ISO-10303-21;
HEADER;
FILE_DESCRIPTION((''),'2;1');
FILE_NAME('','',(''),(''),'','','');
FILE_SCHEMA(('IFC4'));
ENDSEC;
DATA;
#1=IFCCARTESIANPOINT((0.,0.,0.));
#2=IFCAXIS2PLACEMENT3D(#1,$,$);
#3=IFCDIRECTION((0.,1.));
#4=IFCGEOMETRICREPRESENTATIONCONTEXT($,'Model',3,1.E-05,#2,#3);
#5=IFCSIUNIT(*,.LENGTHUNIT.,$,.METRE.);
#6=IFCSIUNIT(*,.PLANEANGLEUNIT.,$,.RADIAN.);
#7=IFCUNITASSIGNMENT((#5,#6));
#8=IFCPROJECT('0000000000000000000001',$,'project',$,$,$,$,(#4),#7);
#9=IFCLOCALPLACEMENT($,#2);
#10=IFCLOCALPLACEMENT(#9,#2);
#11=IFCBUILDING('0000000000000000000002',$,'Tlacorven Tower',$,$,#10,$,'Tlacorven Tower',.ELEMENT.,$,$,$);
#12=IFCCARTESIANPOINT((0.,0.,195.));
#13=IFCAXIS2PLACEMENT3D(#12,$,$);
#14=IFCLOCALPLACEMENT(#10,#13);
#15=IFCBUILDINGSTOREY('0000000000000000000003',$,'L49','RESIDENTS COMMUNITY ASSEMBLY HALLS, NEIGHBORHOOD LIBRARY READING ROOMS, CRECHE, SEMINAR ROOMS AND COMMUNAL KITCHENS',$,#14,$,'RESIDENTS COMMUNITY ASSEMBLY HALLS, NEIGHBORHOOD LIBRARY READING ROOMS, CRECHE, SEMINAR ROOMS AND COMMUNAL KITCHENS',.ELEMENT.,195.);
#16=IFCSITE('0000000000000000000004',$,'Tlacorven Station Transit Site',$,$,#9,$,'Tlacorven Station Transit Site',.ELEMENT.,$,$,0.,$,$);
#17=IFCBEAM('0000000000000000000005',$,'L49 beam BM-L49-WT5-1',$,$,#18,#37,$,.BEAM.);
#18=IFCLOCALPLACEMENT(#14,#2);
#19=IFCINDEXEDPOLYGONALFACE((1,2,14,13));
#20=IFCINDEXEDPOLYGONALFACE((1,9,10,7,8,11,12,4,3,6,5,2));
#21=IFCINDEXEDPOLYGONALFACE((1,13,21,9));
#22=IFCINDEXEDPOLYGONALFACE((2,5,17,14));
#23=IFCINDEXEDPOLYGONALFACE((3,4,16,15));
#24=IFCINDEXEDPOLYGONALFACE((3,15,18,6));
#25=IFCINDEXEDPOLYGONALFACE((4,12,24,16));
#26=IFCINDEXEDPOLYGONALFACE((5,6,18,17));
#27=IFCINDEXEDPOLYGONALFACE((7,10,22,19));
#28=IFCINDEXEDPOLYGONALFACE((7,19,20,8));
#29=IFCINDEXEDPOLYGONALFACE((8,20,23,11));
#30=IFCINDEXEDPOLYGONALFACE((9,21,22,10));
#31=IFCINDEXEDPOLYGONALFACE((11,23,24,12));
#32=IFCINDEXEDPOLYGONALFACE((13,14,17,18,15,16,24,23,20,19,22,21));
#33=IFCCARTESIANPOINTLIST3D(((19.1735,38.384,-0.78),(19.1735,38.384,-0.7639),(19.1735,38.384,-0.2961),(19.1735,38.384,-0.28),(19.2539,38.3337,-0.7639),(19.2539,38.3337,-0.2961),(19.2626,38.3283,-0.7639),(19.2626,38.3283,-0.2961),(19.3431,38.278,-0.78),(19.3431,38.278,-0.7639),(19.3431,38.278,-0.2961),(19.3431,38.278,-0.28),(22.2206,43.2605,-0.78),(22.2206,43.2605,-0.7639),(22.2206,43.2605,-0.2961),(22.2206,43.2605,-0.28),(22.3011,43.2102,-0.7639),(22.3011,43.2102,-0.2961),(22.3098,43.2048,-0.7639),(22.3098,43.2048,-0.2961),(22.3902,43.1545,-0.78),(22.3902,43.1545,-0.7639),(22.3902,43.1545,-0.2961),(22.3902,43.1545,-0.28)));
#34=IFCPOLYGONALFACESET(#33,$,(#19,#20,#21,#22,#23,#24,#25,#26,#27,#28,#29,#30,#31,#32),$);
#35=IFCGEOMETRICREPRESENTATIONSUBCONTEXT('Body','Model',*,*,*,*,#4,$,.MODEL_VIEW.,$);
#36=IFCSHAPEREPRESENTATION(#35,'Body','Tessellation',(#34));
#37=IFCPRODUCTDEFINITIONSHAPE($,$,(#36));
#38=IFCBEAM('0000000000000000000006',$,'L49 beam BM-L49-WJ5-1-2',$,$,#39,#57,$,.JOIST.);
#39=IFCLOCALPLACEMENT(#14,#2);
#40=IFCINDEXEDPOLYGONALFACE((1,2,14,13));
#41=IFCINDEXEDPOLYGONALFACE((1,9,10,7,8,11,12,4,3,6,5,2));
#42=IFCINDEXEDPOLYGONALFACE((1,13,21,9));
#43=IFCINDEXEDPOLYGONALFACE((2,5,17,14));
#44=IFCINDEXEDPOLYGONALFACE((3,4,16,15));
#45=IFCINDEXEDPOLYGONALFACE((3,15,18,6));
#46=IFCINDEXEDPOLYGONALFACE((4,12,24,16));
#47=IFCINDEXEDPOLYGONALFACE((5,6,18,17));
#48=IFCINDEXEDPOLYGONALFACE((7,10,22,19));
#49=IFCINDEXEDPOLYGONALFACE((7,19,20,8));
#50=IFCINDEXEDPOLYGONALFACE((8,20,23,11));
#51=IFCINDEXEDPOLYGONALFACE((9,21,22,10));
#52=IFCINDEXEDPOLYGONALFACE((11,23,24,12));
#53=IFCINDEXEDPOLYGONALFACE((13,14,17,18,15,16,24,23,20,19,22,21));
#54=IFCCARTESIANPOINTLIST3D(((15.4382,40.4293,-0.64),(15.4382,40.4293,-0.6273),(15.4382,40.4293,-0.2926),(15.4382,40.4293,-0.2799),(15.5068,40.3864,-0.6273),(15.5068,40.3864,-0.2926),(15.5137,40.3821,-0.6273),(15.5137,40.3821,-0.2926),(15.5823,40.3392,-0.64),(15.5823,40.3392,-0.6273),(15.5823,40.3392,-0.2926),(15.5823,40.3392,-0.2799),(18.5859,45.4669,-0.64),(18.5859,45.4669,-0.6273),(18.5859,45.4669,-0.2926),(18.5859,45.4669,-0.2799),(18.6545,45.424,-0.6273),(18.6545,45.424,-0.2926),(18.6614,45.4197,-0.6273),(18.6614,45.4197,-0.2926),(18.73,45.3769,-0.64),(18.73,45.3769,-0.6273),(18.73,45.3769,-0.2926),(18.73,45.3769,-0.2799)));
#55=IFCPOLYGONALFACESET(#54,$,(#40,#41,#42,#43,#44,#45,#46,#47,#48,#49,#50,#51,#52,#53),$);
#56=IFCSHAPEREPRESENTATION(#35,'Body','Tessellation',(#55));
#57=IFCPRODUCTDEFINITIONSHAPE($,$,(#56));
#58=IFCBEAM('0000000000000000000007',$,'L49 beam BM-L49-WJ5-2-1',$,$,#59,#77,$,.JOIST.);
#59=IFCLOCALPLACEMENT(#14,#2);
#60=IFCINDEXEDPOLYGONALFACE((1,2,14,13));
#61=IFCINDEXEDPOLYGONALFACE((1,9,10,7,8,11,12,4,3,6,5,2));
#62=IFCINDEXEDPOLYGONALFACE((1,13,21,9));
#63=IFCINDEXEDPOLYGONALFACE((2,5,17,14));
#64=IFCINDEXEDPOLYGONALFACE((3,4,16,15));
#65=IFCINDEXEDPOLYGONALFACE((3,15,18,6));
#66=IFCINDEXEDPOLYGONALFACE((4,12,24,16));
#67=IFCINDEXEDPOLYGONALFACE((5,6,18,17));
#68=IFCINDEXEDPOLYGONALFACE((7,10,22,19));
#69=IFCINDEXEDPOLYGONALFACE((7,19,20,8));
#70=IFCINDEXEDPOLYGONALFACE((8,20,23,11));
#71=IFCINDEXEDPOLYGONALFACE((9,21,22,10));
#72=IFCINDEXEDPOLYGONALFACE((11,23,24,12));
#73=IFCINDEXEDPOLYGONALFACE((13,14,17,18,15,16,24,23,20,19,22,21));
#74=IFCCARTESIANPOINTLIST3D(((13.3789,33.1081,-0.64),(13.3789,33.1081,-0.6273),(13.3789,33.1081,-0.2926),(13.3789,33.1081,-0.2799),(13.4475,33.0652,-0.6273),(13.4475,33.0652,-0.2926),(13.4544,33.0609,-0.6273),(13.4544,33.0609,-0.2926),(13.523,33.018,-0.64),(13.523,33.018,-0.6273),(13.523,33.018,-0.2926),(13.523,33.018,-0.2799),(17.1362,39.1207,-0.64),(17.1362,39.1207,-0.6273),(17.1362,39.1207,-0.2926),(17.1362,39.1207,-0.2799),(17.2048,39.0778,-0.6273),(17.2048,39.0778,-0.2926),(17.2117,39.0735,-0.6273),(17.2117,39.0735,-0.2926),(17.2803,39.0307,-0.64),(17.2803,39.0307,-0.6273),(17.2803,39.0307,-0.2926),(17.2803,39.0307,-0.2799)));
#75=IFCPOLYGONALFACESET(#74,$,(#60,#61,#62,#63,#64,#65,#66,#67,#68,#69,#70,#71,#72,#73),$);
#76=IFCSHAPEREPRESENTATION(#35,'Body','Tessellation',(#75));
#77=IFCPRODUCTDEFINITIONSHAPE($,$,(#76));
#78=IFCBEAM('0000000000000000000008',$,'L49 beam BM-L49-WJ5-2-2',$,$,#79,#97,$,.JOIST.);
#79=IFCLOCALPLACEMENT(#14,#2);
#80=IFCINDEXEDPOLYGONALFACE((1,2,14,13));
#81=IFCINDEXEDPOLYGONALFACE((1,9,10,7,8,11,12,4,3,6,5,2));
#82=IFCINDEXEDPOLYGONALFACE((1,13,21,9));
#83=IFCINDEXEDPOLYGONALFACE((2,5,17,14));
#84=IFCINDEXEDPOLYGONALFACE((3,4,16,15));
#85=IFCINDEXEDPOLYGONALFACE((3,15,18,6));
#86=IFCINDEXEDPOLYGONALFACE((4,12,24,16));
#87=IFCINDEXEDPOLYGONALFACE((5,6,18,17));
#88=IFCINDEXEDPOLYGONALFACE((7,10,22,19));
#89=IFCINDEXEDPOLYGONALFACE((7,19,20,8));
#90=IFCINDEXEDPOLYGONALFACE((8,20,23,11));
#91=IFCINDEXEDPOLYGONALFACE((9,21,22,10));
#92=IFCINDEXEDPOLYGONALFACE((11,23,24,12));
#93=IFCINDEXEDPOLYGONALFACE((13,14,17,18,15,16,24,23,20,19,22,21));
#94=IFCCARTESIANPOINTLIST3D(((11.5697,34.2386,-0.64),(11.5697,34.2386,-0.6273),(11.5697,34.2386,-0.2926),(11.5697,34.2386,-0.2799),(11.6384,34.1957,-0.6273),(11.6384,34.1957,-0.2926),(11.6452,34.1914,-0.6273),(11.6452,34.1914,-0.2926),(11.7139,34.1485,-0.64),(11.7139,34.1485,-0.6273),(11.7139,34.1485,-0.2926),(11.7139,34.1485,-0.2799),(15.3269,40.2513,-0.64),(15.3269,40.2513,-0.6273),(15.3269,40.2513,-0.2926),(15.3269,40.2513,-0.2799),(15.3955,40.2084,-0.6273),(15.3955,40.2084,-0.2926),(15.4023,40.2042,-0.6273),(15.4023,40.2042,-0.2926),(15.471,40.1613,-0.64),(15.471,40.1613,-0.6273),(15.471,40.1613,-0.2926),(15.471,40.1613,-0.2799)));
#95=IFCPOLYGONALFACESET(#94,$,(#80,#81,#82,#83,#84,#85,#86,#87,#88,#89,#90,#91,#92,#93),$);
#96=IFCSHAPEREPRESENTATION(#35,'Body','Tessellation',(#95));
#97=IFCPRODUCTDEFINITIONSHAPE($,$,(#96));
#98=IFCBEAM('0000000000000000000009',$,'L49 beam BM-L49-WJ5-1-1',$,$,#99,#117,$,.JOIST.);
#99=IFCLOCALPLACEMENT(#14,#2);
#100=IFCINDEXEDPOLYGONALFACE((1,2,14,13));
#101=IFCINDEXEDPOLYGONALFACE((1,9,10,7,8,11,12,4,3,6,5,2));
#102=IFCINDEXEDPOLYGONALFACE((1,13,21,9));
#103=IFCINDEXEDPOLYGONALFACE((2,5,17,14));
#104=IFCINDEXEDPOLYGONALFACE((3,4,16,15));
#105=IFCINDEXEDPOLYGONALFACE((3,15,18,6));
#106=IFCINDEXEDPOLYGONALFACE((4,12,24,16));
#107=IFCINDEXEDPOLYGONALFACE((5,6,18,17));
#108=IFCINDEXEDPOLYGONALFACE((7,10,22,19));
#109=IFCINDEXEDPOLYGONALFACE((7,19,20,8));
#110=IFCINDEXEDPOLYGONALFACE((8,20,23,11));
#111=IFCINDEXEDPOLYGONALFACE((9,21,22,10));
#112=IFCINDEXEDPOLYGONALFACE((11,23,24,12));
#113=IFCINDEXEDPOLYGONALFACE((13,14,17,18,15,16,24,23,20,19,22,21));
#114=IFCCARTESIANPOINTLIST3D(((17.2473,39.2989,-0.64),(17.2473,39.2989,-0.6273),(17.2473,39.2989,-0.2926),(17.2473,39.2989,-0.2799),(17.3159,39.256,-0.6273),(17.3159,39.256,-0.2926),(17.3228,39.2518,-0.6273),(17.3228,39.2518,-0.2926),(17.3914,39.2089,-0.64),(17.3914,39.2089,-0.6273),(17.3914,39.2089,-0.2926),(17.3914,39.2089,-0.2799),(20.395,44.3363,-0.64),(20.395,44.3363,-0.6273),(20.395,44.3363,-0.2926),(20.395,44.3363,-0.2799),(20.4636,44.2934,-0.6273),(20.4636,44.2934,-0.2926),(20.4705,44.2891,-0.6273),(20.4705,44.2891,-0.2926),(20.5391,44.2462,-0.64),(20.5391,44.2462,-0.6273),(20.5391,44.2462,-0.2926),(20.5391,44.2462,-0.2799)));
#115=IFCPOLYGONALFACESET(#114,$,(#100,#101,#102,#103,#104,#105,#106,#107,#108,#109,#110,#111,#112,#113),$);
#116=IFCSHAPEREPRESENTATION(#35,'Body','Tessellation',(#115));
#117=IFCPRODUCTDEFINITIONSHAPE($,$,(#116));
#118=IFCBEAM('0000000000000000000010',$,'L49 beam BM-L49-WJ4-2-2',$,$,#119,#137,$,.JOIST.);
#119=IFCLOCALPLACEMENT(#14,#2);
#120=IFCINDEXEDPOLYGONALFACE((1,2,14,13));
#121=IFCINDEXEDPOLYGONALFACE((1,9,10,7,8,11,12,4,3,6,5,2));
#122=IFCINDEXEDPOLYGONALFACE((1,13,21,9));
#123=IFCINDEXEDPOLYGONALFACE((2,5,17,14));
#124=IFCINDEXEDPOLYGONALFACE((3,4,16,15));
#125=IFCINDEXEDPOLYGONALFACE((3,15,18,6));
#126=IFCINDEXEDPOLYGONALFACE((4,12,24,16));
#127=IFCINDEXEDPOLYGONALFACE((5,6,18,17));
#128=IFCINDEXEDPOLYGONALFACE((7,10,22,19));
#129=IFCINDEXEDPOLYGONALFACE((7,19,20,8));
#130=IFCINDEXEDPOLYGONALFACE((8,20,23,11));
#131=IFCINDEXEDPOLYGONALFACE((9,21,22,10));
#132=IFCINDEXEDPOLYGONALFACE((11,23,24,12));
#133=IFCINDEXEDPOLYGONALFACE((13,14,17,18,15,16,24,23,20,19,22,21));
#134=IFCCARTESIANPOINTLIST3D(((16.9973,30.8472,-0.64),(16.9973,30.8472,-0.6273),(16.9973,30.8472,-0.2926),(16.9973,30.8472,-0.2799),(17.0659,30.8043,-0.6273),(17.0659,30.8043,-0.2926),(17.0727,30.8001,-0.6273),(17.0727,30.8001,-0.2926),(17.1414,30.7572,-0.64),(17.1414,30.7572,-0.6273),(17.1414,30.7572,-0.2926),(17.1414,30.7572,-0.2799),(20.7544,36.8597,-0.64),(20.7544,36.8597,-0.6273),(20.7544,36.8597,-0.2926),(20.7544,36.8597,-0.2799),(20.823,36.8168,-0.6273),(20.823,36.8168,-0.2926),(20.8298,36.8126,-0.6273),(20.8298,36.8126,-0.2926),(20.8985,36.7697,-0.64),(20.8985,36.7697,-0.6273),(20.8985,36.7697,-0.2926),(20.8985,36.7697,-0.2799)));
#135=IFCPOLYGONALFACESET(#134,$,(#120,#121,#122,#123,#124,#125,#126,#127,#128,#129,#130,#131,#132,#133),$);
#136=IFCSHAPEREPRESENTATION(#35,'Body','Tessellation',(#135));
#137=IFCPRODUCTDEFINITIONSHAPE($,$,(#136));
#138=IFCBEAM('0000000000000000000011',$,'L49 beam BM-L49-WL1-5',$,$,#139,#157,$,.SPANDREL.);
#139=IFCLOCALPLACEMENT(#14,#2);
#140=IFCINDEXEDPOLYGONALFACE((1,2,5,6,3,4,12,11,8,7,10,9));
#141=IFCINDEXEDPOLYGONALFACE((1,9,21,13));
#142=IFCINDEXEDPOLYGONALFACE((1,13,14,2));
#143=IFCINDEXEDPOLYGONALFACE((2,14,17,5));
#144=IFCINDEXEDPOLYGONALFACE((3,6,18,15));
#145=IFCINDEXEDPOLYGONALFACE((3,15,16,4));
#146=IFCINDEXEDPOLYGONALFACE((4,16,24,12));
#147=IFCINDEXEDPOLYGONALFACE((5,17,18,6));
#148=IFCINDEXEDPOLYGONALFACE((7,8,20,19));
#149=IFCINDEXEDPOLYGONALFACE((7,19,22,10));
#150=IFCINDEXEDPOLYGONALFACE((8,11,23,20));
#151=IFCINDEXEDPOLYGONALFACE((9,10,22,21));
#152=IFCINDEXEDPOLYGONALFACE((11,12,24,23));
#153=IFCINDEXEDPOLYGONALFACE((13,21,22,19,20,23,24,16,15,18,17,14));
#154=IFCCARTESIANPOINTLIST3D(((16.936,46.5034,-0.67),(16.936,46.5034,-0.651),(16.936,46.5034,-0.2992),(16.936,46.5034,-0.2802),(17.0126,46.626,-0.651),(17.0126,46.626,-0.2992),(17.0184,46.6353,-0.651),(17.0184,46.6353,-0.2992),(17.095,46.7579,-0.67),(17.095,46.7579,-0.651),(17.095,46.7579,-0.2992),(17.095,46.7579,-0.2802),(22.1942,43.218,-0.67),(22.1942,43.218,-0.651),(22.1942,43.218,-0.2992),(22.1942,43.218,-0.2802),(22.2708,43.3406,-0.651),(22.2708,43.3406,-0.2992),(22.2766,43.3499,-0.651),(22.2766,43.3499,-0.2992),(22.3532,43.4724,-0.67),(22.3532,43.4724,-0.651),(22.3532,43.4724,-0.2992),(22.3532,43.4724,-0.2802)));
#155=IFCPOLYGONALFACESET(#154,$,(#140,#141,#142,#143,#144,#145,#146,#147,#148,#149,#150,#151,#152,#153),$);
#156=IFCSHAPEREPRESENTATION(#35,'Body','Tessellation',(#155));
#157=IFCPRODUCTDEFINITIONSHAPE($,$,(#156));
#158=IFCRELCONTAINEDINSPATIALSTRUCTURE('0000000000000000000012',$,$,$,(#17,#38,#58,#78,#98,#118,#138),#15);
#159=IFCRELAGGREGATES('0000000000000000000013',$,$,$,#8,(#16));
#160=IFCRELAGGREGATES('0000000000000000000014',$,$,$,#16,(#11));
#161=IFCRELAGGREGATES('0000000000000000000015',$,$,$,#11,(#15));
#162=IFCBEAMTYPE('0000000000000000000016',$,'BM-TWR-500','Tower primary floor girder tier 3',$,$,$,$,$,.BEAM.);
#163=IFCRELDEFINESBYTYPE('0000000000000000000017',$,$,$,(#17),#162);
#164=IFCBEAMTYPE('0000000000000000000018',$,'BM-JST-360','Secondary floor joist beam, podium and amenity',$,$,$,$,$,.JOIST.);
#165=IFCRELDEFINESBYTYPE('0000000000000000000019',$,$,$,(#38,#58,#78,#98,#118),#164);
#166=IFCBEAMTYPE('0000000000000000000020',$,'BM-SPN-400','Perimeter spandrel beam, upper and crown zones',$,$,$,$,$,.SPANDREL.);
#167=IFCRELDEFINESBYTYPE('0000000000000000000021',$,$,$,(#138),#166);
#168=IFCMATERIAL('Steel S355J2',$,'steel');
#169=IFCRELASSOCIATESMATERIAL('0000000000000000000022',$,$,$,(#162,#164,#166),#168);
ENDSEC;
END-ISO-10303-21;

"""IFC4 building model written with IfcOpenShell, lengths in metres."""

from ifc_helpers import new_model, si_unit, direction, frame, origin, origin_2d, place, context, subcontext, project, spatial, i_section, extrude, source, transform, mapped, material, material_profile, profile_set, type_object, element, save


model = new_model("IFC4")

# Units and contexts
model_context = context("Model", 3, precision=1e-05, world=origin(), true_north=direction((0.0, 1.0)))
body_context = subcontext(model_context, "Body", "Model", "MODEL_VIEW")
ifc_project = project(units=[si_unit("LENGTHUNIT", "METRE"), si_unit("PLANEANGLEUNIT", "RADIAN")], contexts=[model_context])

# Site, building, storey
site_placement = place(None, origin())
site = spatial("IfcSite", under=ifc_project, at=site_placement, Name="Tlacorven Station Transit Site", LongName="Tlacorven Station Transit Site", CompositionType="ELEMENT", RefElevation=0.0)
building_placement = place(site_placement, origin())
building = spatial("IfcBuilding", under=site, at=building_placement, Name="Tlacorven Tower", LongName="Tlacorven Tower", CompositionType="ELEMENT")
storey_placement = place(building_placement, frame((0.0, 0.0, 195.0)))
storey = spatial("IfcBuildingStorey", under=building, at=storey_placement, Name="L49", Description="RESIDENTS COMMUNITY ASSEMBLY HALLS, NEIGHBORHOOD LIBRARY READING ROOMS, CRECHE, SEMINAR ROOMS AND COMMUNAL KITCHENS", LongName="RESIDENTS COMMUNITY ASSEMBLY HALLS, NEIGHBORHOOD LIBRARY READING ROOMS, CRECHE, SEMINAR ROOMS AND COMMUNAL KITCHENS", CompositionType="ELEMENT", Elevation=195.0)

# Beams
ifc_material_1 = material(Name="Steel S355J2", Category="steel")
ifc_material_profile_1 = material_profile(ifc_material_1, i_section(OverallWidth=0.2, OverallDepth=0.5, WebThickness=0.0103, FlangeThickness=0.0161, at=origin_2d()), Name="IPE 500")
ifc_profile_set_1 = profile_set([ifc_material_profile_1], Name="Steel S355J2")
beam_type_1 = type_object("IfcBeamType", Name="BM-TWR-500", Description="Tower primary floor girder tier 3", PredefinedType="BEAM", material=ifc_profile_set_1)
shared_shape_1 = source(origin(), body_context, "Body", "SweptSolid", [
    extrude(i_section(OverallWidth=0.2, OverallDepth=0.5, WebThickness=0.0103, FlangeThickness=0.0161, at=origin_2d()), origin(), (0.0, 0.0, 1.0), 5.7502),
])
beam_1_placement = place(storey_placement, frame((22.3054, 43.2075, -0.53), z_axis=(-0.529915, -0.848051, 0.0), x_axis=(0.848051, -0.529915, 0.0)))
element("IfcBeam", 1, at=beam_1_placement, inside=storey, type_object=beam_type_1, Name="L49 beam BM-L49-WT5-1", PredefinedType="BEAM", context=body_context, shape_type="MappedRepresentation", body=[
    mapped(shared_shape_1, transform((0.0, 0.0, 0.0), scale=1.0)),
])
ifc_material_profile_2 = material_profile(ifc_material_1, i_section(OverallWidth=0.1699, OverallDepth=0.3601, WebThickness=0.0081, FlangeThickness=0.0127, at=origin_2d()), Name="IPE 360")
ifc_profile_set_2 = profile_set([ifc_material_profile_2], Name="Steel S355J2")
beam_type_2 = type_object("IfcBeamType", Name="BM-JST-360", Description="Secondary floor joist beam, podium and amenity", PredefinedType="JOIST", material=ifc_profile_set_2)
shared_shape_2 = source(origin(), body_context, "Body", "SweptSolid", [
    extrude(i_section(OverallWidth=0.1699, OverallDepth=0.3601, WebThickness=0.0081, FlangeThickness=0.0127, at=origin_2d()), origin(), (0.0, 0.0, 1.0), 5.9402),
])
beam_2_placement = place(storey_placement, frame((18.658, 45.4219, -0.46), z_axis=(-0.529903, -0.848058, 0.0), x_axis=(0.848058, -0.529903, 0.0)))
element("IfcBeam", 2, at=beam_2_placement, inside=storey, type_object=beam_type_2, Name="L49 beam BM-L49-WJ5-1-2", PredefinedType="JOIST", context=body_context, shape_type="MappedRepresentation", body=[
    mapped(shared_shape_2, transform((0.0, 0.0, 0.0), scale=1.0)),
])
shared_shape_3 = source(origin(), body_context, "Body", "SweptSolid", [
    extrude(i_section(OverallWidth=0.1699, OverallDepth=0.3601, WebThickness=0.0081, FlangeThickness=0.0127, at=origin_2d()), origin(), (0.0, 0.0, 1.0), 7.0901),
])
for number, where, z_axis, x_axis, name in (
    (3, (17.2083, 39.0757, -0.46), (-0.529937, -0.848037, 0.0), (0.848037, -0.529937, 0.0), "L49 beam BM-L49-WJ5-2-1"),
    (4, (15.3989, 40.2063, -0.46), (-0.529912, -0.848052, 0.0), (0.848052, -0.529912, 0.0), "L49 beam BM-L49-WJ5-2-2"),
):
    element("IfcBeam", number, at=place(storey_placement, frame(where, z_axis=z_axis, x_axis=x_axis)), inside=storey, type_object=beam_type_2, Name=name, PredefinedType="JOIST", context=body_context, shape_type="MappedRepresentation", body=[
        mapped(shared_shape_3, transform((0.0, 0.0, 0.0), scale=1.0)),
    ])
shared_shape_4 = source(origin(), body_context, "Body", "SweptSolid", [
    extrude(i_section(OverallWidth=0.1699, OverallDepth=0.3601, WebThickness=0.0081, FlangeThickness=0.0127, at=origin_2d()), origin(), (0.0, 0.0, 1.0), 5.9399),
])
beam_3_placement = place(storey_placement, frame((20.467, 44.2913, -0.46), z_axis=(-0.529921, -0.848047, 0.0), x_axis=(0.848047, -0.529921, 0.0)))
element("IfcBeam", 5, at=beam_3_placement, inside=storey, type_object=beam_type_2, Name="L49 beam BM-L49-WJ5-1-1", PredefinedType="JOIST", context=body_context, shape_type="MappedRepresentation", body=[
    mapped(shared_shape_4, transform((0.0, 0.0, 0.0), scale=1.0)),
])
shared_shape_5 = source(origin(), body_context, "Body", "SweptSolid", [
    extrude(i_section(OverallWidth=0.1699, OverallDepth=0.3601, WebThickness=0.0081, FlangeThickness=0.0127, at=origin_2d()), origin(), (0.0, 0.0, 1.0), 7.0898),
])
beam_4_placement = place(storey_placement, frame((20.8264, 36.8147, -0.46), z_axis=(-0.529928, -0.848043, 0.0), x_axis=(0.848043, -0.529928, 0.0)))
element("IfcBeam", 6, at=beam_4_placement, inside=storey, type_object=beam_type_2, Name="L49 beam BM-L49-WJ4-2-2", PredefinedType="JOIST", context=body_context, shape_type="MappedRepresentation", body=[
    mapped(shared_shape_5, transform((0.0, 0.0, 0.0), scale=1.0)),
])
ifc_material_profile_3 = material_profile(ifc_material_1, i_section(OverallWidth=0.3, OverallDepth=0.3899, WebThickness=0.011, FlangeThickness=0.019, at=origin_2d()), Name="HEA 400")
ifc_profile_set_3 = profile_set([ifc_material_profile_3], Name="Steel S355J2")
beam_type_3 = type_object("IfcBeamType", Name="BM-SPN-400", Description="Perimeter spandrel beam, upper and crown zones", PredefinedType="SPANDREL", material=ifc_profile_set_3)
shared_shape_6 = source(origin(), body_context, "Body", "SweptSolid", [
    extrude(i_section(OverallWidth=0.3, OverallDepth=0.3899, WebThickness=0.011, FlangeThickness=0.019, at=origin_2d()), origin(), (0.0, 0.0, 1.0), 6.2002),
])
beam_5_placement = place(storey_placement, frame((22.2737, 43.3452, -0.4751), z_axis=(-0.848062, 0.529896, 0.0), x_axis=(-0.529896, -0.848062, 0.0)))
element("IfcBeam", 7, at=beam_5_placement, inside=storey, type_object=beam_type_3, Name="L49 beam BM-L49-WL1-5", PredefinedType="SPANDREL", context=body_context, shape_type="MappedRepresentation", body=[
    mapped(shared_shape_6, transform((0.0, 0.0, 0.0), scale=1.0)),
])

save(model, "model.ifc")
